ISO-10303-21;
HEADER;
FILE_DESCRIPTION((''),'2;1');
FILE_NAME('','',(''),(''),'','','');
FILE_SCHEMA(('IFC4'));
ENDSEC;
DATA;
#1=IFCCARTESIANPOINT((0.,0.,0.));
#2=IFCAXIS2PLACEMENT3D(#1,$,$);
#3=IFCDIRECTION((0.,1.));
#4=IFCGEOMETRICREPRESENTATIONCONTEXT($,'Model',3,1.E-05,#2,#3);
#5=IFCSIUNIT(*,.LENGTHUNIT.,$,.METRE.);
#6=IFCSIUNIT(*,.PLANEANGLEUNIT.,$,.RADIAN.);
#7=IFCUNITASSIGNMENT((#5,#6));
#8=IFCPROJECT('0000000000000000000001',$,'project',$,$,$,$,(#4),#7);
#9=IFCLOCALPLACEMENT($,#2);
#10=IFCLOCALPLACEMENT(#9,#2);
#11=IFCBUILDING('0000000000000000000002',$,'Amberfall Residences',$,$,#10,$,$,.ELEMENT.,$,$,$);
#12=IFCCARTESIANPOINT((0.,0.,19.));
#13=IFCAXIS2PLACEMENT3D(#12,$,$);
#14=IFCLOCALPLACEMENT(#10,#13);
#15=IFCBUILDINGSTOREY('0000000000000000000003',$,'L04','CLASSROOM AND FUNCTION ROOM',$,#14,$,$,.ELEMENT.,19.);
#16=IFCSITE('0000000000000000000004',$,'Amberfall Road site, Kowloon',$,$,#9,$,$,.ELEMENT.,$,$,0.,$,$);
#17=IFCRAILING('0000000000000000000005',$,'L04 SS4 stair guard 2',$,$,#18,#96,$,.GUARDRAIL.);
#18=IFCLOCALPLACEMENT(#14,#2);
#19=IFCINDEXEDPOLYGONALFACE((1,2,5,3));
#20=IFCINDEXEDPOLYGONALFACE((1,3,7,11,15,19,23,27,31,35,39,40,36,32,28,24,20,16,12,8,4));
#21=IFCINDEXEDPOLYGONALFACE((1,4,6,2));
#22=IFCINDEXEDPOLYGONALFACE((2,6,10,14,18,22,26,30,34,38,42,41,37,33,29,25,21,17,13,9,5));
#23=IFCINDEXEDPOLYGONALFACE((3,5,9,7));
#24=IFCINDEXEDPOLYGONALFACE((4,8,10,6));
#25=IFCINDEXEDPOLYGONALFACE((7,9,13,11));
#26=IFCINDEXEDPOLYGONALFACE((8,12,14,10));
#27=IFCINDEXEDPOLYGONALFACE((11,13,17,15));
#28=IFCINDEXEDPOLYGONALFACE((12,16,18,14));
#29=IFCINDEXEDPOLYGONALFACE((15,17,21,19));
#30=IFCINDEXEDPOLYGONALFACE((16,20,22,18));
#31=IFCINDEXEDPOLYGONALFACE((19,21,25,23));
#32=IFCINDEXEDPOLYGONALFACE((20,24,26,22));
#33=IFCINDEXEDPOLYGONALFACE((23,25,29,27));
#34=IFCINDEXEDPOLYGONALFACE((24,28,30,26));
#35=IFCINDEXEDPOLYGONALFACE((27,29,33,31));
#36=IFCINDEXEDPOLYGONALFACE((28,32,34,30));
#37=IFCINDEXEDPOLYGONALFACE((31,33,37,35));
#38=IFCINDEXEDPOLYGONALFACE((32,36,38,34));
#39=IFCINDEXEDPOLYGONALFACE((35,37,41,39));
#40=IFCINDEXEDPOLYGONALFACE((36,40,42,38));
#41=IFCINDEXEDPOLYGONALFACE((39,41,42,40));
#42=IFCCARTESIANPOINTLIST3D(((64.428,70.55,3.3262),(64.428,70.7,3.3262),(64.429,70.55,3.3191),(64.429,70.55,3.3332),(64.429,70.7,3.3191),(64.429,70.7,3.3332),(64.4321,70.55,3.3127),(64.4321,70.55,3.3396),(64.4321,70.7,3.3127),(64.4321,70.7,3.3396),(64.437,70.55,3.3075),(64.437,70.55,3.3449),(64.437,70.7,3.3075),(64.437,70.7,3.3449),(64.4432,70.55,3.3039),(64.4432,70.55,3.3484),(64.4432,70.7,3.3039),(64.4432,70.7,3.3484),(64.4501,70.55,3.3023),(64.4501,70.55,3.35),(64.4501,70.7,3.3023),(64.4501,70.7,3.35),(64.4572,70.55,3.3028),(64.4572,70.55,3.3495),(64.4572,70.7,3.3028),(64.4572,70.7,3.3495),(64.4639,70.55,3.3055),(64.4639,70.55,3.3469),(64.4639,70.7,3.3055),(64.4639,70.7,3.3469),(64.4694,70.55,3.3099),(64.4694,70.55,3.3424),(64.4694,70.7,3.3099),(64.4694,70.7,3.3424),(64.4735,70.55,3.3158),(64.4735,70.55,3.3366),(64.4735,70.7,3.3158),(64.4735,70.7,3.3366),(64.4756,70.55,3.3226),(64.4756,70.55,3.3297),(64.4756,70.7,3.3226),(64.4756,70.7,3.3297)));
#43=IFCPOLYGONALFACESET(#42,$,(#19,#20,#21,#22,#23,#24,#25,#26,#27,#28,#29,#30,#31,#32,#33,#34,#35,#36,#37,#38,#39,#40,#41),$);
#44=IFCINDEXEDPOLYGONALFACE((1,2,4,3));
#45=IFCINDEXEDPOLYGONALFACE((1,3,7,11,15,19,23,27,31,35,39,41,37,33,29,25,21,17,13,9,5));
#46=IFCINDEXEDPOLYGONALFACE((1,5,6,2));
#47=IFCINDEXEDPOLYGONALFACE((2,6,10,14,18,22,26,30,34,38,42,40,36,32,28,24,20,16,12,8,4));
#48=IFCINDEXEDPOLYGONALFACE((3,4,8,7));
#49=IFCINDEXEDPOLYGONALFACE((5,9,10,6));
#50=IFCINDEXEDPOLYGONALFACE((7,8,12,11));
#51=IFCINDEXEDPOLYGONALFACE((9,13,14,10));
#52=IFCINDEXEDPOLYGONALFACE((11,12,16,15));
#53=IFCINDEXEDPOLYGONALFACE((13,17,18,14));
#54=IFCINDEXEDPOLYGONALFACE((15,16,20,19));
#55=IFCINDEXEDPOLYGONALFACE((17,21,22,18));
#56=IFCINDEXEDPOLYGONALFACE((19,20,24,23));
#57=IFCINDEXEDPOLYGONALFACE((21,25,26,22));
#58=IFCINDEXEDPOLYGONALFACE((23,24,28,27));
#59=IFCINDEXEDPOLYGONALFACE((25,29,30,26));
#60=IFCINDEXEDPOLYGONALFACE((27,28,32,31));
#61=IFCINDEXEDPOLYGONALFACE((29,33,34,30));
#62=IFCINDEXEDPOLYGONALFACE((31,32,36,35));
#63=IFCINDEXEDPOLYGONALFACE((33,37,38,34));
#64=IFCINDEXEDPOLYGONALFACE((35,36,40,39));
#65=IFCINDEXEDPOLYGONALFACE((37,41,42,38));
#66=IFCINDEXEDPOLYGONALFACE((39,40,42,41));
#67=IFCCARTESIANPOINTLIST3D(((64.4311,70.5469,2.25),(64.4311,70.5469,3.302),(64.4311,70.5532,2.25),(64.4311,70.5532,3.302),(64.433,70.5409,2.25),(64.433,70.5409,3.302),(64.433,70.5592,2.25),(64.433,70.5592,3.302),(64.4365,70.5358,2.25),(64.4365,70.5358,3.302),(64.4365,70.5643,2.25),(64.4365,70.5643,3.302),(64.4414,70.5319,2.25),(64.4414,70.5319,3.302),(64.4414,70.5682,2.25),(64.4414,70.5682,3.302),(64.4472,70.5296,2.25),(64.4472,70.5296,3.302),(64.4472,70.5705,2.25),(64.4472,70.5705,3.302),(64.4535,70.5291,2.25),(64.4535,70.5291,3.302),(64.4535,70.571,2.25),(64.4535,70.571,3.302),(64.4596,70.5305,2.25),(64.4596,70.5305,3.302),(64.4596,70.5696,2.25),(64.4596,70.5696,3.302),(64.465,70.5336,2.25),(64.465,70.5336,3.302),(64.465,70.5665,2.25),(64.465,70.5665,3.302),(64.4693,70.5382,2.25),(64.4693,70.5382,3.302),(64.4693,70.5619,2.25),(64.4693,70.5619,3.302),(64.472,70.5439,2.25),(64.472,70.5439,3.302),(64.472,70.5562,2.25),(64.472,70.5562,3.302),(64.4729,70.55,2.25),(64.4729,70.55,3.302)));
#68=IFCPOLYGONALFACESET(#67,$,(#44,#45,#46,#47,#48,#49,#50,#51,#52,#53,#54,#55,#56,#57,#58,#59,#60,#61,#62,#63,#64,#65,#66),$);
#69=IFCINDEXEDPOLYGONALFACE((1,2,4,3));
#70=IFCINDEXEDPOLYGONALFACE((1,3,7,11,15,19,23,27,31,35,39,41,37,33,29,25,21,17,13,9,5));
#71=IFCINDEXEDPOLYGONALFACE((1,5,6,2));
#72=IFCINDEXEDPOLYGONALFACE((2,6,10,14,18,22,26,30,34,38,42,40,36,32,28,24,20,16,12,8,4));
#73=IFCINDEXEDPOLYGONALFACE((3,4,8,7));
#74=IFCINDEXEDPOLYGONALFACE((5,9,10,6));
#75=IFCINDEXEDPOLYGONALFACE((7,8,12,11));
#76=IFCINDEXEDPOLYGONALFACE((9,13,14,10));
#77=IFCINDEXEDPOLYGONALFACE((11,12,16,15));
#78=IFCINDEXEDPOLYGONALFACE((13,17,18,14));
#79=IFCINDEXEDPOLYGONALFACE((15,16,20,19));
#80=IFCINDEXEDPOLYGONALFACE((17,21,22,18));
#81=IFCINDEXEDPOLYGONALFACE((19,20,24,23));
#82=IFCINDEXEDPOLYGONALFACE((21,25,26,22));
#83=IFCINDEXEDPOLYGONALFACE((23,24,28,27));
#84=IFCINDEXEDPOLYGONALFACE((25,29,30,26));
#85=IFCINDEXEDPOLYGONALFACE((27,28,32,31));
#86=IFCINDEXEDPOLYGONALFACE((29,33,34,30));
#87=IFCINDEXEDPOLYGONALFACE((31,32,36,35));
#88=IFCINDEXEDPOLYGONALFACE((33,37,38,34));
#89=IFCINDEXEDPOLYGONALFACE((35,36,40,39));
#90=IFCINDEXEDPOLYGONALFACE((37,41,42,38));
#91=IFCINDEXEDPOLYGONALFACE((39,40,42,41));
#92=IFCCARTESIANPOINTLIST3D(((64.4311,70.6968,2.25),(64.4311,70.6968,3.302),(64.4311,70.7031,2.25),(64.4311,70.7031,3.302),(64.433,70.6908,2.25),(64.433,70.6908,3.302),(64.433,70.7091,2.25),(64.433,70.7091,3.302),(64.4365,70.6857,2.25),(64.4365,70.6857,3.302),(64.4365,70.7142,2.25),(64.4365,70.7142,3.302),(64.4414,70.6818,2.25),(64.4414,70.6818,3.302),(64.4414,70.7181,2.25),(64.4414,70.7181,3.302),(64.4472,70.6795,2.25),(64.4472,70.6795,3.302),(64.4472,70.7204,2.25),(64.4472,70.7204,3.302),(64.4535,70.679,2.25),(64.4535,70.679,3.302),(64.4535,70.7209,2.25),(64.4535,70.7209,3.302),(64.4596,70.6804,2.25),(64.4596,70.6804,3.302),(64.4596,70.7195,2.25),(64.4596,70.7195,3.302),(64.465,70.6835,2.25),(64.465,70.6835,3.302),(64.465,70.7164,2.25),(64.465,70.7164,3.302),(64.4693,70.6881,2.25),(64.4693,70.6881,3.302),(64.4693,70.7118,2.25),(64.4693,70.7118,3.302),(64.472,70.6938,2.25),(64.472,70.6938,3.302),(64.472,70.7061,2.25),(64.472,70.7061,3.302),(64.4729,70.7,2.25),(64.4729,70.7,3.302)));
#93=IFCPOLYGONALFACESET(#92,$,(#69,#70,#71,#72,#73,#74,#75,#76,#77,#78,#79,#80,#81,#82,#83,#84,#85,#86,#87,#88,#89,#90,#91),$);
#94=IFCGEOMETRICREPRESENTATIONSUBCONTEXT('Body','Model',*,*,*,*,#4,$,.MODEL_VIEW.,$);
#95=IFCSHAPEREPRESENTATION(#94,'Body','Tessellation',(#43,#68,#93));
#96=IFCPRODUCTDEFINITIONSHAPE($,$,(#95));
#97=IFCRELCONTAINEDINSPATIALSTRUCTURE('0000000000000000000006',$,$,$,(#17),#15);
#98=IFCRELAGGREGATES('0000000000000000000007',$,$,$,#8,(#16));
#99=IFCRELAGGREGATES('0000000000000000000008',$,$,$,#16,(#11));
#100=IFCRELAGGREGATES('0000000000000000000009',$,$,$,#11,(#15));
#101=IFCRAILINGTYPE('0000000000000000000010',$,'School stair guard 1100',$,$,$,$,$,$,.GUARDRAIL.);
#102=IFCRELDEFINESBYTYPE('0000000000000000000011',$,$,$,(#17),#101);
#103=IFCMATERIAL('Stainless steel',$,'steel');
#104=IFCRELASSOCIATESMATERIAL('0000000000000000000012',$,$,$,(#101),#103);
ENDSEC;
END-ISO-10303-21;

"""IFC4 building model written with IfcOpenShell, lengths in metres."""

from ifc_helpers import new_model, si_unit, direction, frame, origin, origin_2d, place, context, subcontext, project, spatial, circle, extrude, material, type_object, element, save


model = new_model("IFC4")

# Units and contexts
model_context = context("Model", 3, precision=1e-05, world=origin(), true_north=direction((0.0, 1.0)))
body_context = subcontext(model_context, "Body", "Model", "MODEL_VIEW")
ifc_project = project(units=[si_unit("LENGTHUNIT", "METRE"), si_unit("PLANEANGLEUNIT", "RADIAN")], contexts=[model_context])

# Site, building, storey
site_placement = place(None, origin())
site = spatial("IfcSite", under=ifc_project, at=site_placement, Name="Amberfall Road site, Kowloon", CompositionType="ELEMENT", RefElevation=0.0)
building_placement = place(site_placement, origin())
building = spatial("IfcBuilding", under=site, at=building_placement, Name="Amberfall Residences", CompositionType="ELEMENT")
storey_placement = place(building_placement, frame((0.0, 0.0, 19.0)))
storey = spatial("IfcBuildingStorey", under=building, at=storey_placement, Name="L04", Description="CLASSROOM AND FUNCTION ROOM", CompositionType="ELEMENT", Elevation=19.0)

# Railing
ifc_material_1 = material(Name="Stainless steel", Category="steel")
railing_type_1 = type_object("IfcRailingType", Name="School stair guard 1100", PredefinedType="GUARDRAIL", material=ifc_material_1)
railing_1_placement = place(storey_placement, frame((64.4519, 70.55, 2.25)))
element("IfcRailing", 1, at=railing_1_placement, inside=storey, type_object=railing_type_1, Name="L04 SS4 stair guard 2", PredefinedType="GUARDRAIL", context=body_context, shape_type="SweptSolid", body=[
    extrude(circle(Radius=0.0239, at=origin_2d()), frame((0.0, 0.0, 1.0762), z_axis=(0.0, 1.0, 0.0), x_axis=(-1.0, 0.0, 0.0)), (0.0, 0.0, 1.0), 0.1499),
    extrude(circle(Radius=0.021, at=origin_2d()), origin(), (0.0, 0.0, 1.0), 1.052),
    extrude(circle(Radius=0.021, at=origin_2d()), frame((0.0, 0.1499, 0.0)), (0.0, 0.0, 1.0), 1.052),
])

save(model, "model.ifc")
